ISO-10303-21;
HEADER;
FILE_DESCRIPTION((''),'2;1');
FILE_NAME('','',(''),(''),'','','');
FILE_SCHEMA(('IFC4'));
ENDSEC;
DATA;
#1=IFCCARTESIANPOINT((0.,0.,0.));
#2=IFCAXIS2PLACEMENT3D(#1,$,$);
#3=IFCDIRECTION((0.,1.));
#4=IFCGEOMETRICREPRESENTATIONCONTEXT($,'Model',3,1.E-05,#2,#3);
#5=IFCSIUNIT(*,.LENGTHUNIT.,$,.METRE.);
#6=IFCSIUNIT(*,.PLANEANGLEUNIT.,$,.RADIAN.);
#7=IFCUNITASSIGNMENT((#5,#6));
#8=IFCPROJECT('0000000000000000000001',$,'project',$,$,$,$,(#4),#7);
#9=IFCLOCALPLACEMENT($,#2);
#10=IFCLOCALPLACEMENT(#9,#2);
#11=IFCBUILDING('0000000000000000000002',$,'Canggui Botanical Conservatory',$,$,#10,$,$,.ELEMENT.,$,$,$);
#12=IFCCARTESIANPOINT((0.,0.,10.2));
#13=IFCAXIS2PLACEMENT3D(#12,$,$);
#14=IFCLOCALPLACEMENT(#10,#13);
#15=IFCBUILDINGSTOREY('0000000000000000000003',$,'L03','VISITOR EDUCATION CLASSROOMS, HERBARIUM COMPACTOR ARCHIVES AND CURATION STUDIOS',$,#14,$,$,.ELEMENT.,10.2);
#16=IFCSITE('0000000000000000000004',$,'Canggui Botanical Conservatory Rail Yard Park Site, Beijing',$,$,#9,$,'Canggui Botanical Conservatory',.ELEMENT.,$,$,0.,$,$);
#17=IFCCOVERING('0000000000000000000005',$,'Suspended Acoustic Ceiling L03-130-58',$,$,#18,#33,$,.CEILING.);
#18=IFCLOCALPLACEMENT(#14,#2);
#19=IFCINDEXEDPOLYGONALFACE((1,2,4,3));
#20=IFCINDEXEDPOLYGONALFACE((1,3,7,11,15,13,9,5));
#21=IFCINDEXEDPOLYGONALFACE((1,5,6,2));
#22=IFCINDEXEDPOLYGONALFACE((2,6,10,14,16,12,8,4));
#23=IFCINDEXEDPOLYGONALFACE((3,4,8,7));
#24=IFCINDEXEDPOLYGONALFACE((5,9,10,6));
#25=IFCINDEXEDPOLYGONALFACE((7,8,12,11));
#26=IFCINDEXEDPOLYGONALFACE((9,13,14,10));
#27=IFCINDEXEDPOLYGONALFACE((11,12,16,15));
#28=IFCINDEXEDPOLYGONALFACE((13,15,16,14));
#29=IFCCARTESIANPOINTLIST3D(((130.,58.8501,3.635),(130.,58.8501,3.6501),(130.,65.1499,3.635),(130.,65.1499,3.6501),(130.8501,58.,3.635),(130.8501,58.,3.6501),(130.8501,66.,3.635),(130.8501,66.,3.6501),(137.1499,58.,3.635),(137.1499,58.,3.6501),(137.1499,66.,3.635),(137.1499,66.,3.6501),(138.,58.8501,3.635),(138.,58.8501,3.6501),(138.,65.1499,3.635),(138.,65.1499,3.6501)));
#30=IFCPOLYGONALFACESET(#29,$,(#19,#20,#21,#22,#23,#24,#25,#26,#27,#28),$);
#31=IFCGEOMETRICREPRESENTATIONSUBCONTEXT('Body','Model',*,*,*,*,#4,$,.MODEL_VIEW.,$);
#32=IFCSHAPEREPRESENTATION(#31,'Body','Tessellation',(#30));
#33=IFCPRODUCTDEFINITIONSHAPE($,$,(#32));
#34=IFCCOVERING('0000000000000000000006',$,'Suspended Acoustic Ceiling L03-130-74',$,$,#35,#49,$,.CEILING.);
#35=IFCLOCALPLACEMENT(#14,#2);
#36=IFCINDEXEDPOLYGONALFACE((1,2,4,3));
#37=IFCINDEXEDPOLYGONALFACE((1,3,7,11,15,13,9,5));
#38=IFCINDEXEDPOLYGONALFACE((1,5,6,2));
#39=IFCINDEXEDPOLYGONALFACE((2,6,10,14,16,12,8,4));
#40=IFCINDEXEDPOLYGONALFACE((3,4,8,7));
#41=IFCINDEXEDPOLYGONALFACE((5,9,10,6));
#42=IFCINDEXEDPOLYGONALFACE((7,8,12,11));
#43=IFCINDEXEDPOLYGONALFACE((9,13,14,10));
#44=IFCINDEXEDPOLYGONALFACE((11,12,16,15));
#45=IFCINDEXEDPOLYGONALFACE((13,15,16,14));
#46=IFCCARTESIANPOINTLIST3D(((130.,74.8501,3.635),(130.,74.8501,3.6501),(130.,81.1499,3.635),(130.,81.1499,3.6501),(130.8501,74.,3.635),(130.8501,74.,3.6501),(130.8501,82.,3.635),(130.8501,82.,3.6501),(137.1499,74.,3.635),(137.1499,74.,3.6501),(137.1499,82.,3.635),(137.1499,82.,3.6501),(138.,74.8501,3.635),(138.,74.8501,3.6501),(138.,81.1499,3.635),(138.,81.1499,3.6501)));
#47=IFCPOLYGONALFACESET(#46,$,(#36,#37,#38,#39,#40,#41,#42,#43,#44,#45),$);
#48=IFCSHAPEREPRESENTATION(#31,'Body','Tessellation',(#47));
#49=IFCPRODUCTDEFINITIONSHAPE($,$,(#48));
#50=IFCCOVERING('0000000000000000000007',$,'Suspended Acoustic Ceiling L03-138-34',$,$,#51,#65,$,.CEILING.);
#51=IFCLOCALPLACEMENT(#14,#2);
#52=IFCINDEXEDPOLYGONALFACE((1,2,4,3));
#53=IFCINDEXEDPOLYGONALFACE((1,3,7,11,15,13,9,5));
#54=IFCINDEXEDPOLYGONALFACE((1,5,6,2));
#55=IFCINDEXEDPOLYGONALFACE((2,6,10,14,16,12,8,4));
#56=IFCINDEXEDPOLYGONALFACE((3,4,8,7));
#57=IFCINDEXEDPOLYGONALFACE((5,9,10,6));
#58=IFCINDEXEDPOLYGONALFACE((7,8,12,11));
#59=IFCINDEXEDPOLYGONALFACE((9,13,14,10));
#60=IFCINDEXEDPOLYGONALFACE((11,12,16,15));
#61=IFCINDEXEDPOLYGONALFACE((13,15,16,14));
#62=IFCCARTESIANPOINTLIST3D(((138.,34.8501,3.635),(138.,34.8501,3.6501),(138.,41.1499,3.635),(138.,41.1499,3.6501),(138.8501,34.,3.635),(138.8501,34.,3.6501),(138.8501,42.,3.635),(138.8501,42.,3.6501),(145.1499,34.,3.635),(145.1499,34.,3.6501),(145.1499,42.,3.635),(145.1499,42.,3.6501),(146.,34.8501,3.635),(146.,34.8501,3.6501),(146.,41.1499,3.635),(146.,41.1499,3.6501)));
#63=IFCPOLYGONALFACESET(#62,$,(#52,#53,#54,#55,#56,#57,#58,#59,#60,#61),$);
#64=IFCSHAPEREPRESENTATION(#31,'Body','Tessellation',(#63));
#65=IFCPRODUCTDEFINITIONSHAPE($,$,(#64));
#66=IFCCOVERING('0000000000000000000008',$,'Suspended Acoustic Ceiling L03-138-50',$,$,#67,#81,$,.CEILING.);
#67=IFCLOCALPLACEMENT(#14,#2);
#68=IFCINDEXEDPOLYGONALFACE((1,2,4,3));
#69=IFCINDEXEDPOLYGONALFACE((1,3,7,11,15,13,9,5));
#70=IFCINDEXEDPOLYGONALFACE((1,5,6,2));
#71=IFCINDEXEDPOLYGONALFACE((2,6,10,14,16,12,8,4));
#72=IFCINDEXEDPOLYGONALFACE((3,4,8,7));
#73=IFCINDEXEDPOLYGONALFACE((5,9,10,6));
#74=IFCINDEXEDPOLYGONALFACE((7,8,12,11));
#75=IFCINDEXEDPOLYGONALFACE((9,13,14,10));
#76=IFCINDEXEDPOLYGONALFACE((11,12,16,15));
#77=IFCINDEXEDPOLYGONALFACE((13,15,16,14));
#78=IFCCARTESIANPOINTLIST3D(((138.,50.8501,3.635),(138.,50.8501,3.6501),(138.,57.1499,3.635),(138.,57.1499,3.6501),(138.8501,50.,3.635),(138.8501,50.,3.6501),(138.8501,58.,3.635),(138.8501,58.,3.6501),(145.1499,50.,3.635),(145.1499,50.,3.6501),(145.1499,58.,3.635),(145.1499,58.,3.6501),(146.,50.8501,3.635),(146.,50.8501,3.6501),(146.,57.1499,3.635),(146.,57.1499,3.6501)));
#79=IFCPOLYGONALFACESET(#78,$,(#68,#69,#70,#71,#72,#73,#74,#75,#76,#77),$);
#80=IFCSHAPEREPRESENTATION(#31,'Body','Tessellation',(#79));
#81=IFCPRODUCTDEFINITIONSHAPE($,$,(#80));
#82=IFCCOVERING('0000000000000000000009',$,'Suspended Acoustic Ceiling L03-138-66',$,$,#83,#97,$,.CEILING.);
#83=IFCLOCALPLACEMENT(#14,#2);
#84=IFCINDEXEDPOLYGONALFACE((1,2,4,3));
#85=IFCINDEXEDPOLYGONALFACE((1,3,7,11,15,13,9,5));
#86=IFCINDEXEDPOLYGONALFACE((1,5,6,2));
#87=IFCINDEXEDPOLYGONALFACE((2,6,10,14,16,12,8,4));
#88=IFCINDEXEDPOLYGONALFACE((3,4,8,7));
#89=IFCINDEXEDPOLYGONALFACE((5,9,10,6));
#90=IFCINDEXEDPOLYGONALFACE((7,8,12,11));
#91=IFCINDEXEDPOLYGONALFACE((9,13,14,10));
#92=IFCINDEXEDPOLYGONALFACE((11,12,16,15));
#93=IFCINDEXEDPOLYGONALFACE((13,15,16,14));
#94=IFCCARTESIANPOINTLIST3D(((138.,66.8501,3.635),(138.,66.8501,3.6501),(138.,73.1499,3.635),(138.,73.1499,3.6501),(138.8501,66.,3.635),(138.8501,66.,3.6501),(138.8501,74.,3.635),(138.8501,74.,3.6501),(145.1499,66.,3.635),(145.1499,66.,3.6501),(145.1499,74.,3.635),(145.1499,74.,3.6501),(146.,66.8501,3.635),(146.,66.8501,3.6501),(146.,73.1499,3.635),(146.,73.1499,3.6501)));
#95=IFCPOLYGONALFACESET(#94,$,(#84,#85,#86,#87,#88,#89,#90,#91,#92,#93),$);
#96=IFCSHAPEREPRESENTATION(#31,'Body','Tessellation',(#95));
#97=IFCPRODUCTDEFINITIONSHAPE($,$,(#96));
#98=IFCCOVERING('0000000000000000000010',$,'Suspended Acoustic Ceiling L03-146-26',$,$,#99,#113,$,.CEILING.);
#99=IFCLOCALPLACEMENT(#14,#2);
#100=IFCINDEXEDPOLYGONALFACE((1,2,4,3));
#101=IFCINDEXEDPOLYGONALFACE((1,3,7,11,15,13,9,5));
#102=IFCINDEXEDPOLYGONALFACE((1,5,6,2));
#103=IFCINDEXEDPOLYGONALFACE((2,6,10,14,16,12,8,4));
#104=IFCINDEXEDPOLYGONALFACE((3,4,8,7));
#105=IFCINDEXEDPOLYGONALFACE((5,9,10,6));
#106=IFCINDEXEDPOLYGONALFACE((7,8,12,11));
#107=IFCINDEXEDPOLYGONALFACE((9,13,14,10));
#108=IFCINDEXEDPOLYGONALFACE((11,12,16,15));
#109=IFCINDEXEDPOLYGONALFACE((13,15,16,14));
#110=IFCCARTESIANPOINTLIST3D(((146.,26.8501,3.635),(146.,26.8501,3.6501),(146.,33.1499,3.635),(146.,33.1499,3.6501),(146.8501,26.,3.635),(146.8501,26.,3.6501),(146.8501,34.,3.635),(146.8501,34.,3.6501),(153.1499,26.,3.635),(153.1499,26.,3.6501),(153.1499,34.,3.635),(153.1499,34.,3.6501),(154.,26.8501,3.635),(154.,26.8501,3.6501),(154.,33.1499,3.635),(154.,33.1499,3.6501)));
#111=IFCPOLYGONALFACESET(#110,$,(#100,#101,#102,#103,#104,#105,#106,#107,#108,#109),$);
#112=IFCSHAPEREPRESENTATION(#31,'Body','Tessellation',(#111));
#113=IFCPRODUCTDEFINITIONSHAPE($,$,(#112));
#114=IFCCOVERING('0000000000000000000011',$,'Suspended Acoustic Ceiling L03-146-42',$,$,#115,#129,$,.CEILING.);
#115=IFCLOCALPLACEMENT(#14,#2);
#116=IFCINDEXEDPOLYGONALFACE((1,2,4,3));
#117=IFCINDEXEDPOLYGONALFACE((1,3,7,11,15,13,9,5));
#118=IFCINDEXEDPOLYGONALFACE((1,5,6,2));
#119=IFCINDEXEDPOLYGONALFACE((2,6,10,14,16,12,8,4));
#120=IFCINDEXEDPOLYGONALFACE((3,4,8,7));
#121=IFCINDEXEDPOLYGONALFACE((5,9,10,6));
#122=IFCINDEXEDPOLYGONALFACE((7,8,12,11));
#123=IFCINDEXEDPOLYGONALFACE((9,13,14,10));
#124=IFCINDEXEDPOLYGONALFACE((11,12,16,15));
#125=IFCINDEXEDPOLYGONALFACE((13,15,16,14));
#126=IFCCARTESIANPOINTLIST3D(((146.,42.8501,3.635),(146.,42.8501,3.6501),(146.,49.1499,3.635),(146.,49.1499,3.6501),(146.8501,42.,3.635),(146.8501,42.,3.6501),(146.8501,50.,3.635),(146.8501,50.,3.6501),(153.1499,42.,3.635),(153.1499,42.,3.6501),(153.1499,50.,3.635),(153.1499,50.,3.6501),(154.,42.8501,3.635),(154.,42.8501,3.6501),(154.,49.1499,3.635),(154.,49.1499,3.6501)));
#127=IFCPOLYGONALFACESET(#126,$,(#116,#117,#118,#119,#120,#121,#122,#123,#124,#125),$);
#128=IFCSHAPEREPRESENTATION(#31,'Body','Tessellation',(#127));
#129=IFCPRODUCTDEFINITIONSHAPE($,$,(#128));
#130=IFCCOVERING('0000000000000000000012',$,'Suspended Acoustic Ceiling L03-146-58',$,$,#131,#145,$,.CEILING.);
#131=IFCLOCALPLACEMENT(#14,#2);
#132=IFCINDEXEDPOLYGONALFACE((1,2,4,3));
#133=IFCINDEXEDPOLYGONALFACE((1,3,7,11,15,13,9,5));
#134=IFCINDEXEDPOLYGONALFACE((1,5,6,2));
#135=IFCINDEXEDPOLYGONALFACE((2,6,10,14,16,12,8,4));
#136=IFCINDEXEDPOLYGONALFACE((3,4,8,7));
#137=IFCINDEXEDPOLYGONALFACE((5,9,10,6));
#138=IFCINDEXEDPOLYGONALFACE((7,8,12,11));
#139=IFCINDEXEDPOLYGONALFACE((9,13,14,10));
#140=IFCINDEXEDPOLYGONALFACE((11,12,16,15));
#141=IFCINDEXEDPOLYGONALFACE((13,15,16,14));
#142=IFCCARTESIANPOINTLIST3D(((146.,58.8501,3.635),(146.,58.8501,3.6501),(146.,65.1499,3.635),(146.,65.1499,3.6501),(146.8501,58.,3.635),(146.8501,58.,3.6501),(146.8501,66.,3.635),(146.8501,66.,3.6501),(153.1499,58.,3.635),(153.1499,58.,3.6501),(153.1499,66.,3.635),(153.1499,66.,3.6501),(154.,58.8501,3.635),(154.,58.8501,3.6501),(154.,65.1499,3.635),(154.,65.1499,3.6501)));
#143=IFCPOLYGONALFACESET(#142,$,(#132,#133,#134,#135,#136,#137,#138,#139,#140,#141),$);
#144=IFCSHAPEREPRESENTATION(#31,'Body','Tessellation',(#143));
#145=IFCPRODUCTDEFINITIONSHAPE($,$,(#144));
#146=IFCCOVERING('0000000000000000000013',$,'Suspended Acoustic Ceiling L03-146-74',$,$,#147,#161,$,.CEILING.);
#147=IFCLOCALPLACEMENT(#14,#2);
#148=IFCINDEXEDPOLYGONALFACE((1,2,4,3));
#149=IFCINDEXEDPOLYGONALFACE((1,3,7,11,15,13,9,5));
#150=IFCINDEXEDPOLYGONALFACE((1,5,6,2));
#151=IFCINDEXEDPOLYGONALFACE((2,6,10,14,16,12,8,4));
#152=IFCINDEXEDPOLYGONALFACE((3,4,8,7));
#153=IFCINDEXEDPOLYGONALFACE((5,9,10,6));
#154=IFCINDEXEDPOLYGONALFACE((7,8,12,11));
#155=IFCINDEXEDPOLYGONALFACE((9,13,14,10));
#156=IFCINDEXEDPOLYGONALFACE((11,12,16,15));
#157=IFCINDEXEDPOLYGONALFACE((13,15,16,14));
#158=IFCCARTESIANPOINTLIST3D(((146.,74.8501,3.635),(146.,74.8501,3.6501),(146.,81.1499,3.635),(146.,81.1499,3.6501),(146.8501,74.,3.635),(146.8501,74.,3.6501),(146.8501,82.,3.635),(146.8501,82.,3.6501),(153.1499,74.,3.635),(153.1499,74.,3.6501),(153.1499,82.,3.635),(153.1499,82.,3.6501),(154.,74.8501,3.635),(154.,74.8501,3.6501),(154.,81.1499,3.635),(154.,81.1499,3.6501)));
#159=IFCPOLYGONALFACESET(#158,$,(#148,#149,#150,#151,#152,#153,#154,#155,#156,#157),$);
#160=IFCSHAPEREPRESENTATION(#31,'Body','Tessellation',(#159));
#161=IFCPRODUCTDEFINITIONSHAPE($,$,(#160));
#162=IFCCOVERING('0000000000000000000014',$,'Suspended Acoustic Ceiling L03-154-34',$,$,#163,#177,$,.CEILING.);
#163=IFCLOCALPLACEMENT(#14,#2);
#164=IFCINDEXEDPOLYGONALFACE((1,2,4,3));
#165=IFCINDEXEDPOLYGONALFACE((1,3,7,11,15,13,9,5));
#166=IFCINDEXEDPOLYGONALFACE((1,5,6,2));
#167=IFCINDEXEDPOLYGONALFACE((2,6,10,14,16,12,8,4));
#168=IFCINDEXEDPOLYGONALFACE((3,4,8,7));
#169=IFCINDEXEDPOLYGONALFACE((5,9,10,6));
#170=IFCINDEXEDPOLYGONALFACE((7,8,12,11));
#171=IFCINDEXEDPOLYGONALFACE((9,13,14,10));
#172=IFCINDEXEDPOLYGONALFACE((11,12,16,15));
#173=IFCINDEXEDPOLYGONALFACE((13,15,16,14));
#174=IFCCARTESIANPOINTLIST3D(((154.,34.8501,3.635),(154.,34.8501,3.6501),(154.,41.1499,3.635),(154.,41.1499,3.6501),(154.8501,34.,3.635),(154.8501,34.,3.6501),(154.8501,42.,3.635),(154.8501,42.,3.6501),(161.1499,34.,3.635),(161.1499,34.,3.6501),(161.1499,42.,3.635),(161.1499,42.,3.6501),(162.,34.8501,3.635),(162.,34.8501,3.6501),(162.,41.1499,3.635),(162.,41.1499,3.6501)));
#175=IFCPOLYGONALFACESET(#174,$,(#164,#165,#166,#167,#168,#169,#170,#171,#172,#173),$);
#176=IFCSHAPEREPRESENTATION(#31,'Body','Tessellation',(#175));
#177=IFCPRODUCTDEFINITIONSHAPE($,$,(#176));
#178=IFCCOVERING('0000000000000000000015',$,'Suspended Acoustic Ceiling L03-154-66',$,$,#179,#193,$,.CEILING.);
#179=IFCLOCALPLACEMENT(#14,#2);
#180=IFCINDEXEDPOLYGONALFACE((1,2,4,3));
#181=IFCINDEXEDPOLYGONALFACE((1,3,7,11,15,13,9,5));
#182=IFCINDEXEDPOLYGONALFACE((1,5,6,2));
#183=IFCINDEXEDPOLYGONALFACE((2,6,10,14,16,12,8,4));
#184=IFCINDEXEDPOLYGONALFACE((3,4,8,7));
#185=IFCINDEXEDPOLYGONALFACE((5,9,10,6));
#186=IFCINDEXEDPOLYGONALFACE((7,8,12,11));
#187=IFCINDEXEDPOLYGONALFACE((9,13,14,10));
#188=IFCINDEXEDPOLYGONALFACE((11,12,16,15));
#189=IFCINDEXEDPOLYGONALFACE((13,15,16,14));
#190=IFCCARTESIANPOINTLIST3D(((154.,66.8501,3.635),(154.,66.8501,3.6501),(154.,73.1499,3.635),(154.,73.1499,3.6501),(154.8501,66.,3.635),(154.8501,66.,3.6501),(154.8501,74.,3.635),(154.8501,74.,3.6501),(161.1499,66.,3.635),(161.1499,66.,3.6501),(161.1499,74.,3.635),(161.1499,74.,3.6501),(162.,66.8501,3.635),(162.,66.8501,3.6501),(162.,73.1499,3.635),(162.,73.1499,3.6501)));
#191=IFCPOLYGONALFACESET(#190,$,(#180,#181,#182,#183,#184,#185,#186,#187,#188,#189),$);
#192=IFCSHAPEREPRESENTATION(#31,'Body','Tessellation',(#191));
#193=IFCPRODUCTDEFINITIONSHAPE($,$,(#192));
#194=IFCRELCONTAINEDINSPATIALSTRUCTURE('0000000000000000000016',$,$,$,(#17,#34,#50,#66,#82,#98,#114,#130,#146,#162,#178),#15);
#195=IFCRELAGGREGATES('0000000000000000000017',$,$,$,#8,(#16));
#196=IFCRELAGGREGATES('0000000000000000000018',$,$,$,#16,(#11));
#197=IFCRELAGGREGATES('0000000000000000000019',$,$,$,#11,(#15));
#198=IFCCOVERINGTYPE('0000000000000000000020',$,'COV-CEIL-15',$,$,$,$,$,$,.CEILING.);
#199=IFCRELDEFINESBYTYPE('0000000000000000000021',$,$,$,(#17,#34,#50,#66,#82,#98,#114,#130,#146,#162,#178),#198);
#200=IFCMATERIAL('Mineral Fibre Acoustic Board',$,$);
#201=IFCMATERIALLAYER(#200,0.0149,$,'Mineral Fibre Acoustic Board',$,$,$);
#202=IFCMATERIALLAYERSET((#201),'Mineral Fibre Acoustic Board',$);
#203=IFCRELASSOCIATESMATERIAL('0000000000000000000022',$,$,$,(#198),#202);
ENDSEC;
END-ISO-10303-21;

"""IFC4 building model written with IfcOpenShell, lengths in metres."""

from ifc_helpers import new_model, si_unit, direction, frame, origin, place, context, subcontext, project, spatial, polyline, outline, extrude, material, layer, layer_set, type_object, element, save


model = new_model("IFC4")

# Units and contexts
model_context = context("Model", 3, precision=1e-05, world=origin(), true_north=direction((0.0, 1.0)))
body_context = subcontext(model_context, "Body", "Model", "MODEL_VIEW")
ifc_project = project(units=[si_unit("LENGTHUNIT", "METRE"), si_unit("PLANEANGLEUNIT", "RADIAN")], contexts=[model_context])

# Site, building, storey
site_placement = place(None, origin())
site = spatial("IfcSite", under=ifc_project, at=site_placement, Name="Canggui Botanical Conservatory Rail Yard Park Site, Beijing", LongName="Canggui Botanical Conservatory", CompositionType="ELEMENT", RefElevation=0.0)
building_placement = place(site_placement, origin())
building = spatial("IfcBuilding", under=site, at=building_placement, Name="Canggui Botanical Conservatory", CompositionType="ELEMENT")
storey_placement = place(building_placement, frame((0.0, 0.0, 10.2)))
storey = spatial("IfcBuildingStorey", under=building, at=storey_placement, Name="L03", Description="VISITOR EDUCATION CLASSROOMS, HERBARIUM COMPACTOR ARCHIVES AND CURATION STUDIOS", CompositionType="ELEMENT", Elevation=10.2)

# Coverings
ifc_material_1 = material(Name="Mineral Fibre Acoustic Board")
ifc_layer_1 = layer(ifc_material_1, 0.0149, Name="Mineral Fibre Acoustic Board")
ifc_layer_set_1 = layer_set([ifc_layer_1], Name="Mineral Fibre Acoustic Board")
covering_type_1 = type_object("IfcCoveringType", Name="COV-CEIL-15", PredefinedType="CEILING", material=ifc_layer_set_1)
covering_1_placement = place(storey_placement, frame((0.0, 0.0, 3.635)))
element("IfcCovering", 1, at=covering_1_placement, inside=storey, type_object=covering_type_1, Name="Suspended Acoustic Ceiling L03-130-58", PredefinedType="CEILING", context=body_context, shape_type="SweptSolid", body=[
    extrude(outline(polyline([(130.8501, 58.0), (137.1499, 58.0), (138.0, 58.8501), (138.0, 65.1499), (137.1499, 66.0), (130.8501, 66.0), (130.0, 65.1499), (130.0, 58.8501), (130.8501, 58.0)])), origin(), (0.0, 0.0, 1.0), 0.0151),
])
covering_2_placement = place(storey_placement, frame((0.0, 0.0, 3.635)))
element("IfcCovering", 2, at=covering_2_placement, inside=storey, type_object=covering_type_1, Name="Suspended Acoustic Ceiling L03-130-74", PredefinedType="CEILING", context=body_context, shape_type="SweptSolid", body=[
    extrude(outline(polyline([(130.8501, 74.0), (137.1499, 74.0), (138.0, 74.8501), (138.0, 81.1499), (137.1499, 82.0), (130.8501, 82.0), (130.0, 81.1499), (130.0, 74.8501), (130.8501, 74.0)])), origin(), (0.0, 0.0, 1.0), 0.0151),
])
covering_3_placement = place(storey_placement, frame((0.0, 0.0, 3.635)))
element("IfcCovering", 3, at=covering_3_placement, inside=storey, type_object=covering_type_1, Name="Suspended Acoustic Ceiling L03-138-34", PredefinedType="CEILING", context=body_context, shape_type="SweptSolid", body=[
    extrude(outline(polyline([(138.8501, 34.0), (145.1499, 34.0), (146.0, 34.8501), (146.0, 41.1499), (145.1499, 42.0), (138.8501, 42.0), (138.0, 41.1499), (138.0, 34.8501), (138.8501, 34.0)])), origin(), (0.0, 0.0, 1.0), 0.0151),
])
covering_4_placement = place(storey_placement, frame((0.0, 0.0, 3.635)))
element("IfcCovering", 4, at=covering_4_placement, inside=storey, type_object=covering_type_1, Name="Suspended Acoustic Ceiling L03-138-50", PredefinedType="CEILING", context=body_context, shape_type="SweptSolid", body=[
    extrude(outline(polyline([(138.8501, 50.0), (145.1499, 50.0), (146.0, 50.8501), (146.0, 57.1499), (145.1499, 58.0), (138.8501, 58.0), (138.0, 57.1499), (138.0, 50.8501), (138.8501, 50.0)])), origin(), (0.0, 0.0, 1.0), 0.0151),
])
covering_5_placement = place(storey_placement, frame((0.0, 0.0, 3.635)))
element("IfcCovering", 5, at=covering_5_placement, inside=storey, type_object=covering_type_1, Name="Suspended Acoustic Ceiling L03-138-66", PredefinedType="CEILING", context=body_context, shape_type="SweptSolid", body=[
    extrude(outline(polyline([(138.8501, 66.0), (145.1499, 66.0), (146.0, 66.8501), (146.0, 73.1499), (145.1499, 74.0), (138.8501, 74.0), (138.0, 73.1499), (138.0, 66.8501), (138.8501, 66.0)])), origin(), (0.0, 0.0, 1.0), 0.0151),
])
covering_6_placement = place(storey_placement, frame((0.0, 0.0, 3.635)))
element("IfcCovering", 6, at=covering_6_placement, inside=storey, type_object=covering_type_1, Name="Suspended Acoustic Ceiling L03-146-26", PredefinedType="CEILING", context=body_context, shape_type="SweptSolid", body=[
    extrude(outline(polyline([(146.8501, 26.0), (153.1499, 26.0), (154.0, 26.8501), (154.0, 33.1499), (153.1499, 34.0), (146.8501, 34.0), (146.0, 33.1499), (146.0, 26.8501), (146.8501, 26.0)])), origin(), (0.0, 0.0, 1.0), 0.0151),
])
covering_7_placement = place(storey_placement, frame((0.0, 0.0, 3.635)))
element("IfcCovering", 7, at=covering_7_placement, inside=storey, type_object=covering_type_1, Name="Suspended Acoustic Ceiling L03-146-42", PredefinedType="CEILING", context=body_context, shape_type="SweptSolid", body=[
    extrude(outline(polyline([(146.8501, 42.0), (153.1499, 42.0), (154.0, 42.8501), (154.0, 49.1499), (153.1499, 50.0), (146.8501, 50.0), (146.0, 49.1499), (146.0, 42.8501), (146.8501, 42.0)])), origin(), (0.0, 0.0, 1.0), 0.0151),
])
covering_8_placement = place(storey_placement, frame((0.0, 0.0, 3.635)))
element("IfcCovering", 8, at=covering_8_placement, inside=storey, type_object=covering_type_1, Name="Suspended Acoustic Ceiling L03-146-58", PredefinedType="CEILING", context=body_context, shape_type="SweptSolid", body=[
    extrude(outline(polyline([(146.8501, 58.0), (153.1499, 58.0), (154.0, 58.8501), (154.0, 65.1499), (153.1499, 66.0), (146.8501, 66.0), (146.0, 65.1499), (146.0, 58.8501), (146.8501, 58.0)])), origin(), (0.0, 0.0, 1.0), 0.0151),
])
covering_9_placement = place(storey_placement, frame((0.0, 0.0, 3.635)))
element("IfcCovering", 9, at=covering_9_placement, inside=storey, type_object=covering_type_1, Name="Suspended Acoustic Ceiling L03-146-74", PredefinedType="CEILING", context=body_context, shape_type="SweptSolid", body=[
    extrude(outline(polyline([(146.8501, 74.0), (153.1499, 74.0), (154.0, 74.8501), (154.0, 81.1499), (153.1499, 82.0), (146.8501, 82.0), (146.0, 81.1499), (146.0, 74.8501), (146.8501, 74.0)])), origin(), (0.0, 0.0, 1.0), 0.0151),
])
covering_10_placement = place(storey_placement, frame((0.0, 0.0, 3.635)))
element("IfcCovering", 10, at=covering_10_placement, inside=storey, type_object=covering_type_1, Name="Suspended Acoustic Ceiling L03-154-34", PredefinedType="CEILING", context=body_context, shape_type="SweptSolid", body=[
    extrude(outline(polyline([(154.8501, 34.0), (161.1499, 34.0), (162.0, 34.8501), (162.0, 41.1499), (161.1499, 42.0), (154.8501, 42.0), (154.0, 41.1499), (154.0, 34.8501), (154.8501, 34.0)])), origin(), (0.0, 0.0, 1.0), 0.0151),
])
covering_11_placement = place(storey_placement, frame((0.0, 0.0, 3.635)))
element("IfcCovering", 11, at=covering_11_placement, inside=storey, type_object=covering_type_1, Name="Suspended Acoustic Ceiling L03-154-66", PredefinedType="CEILING", context=body_context, shape_type="SweptSolid", body=[
    extrude(outline(polyline([(154.8501, 66.0), (161.1499, 66.0), (162.0, 66.8501), (162.0, 73.1499), (161.1499, 74.0), (154.8501, 74.0), (154.0, 73.1499), (154.0, 66.8501), (154.8501, 66.0)])), origin(), (0.0, 0.0, 1.0), 0.0151),
])

save(model, "model.ifc")
